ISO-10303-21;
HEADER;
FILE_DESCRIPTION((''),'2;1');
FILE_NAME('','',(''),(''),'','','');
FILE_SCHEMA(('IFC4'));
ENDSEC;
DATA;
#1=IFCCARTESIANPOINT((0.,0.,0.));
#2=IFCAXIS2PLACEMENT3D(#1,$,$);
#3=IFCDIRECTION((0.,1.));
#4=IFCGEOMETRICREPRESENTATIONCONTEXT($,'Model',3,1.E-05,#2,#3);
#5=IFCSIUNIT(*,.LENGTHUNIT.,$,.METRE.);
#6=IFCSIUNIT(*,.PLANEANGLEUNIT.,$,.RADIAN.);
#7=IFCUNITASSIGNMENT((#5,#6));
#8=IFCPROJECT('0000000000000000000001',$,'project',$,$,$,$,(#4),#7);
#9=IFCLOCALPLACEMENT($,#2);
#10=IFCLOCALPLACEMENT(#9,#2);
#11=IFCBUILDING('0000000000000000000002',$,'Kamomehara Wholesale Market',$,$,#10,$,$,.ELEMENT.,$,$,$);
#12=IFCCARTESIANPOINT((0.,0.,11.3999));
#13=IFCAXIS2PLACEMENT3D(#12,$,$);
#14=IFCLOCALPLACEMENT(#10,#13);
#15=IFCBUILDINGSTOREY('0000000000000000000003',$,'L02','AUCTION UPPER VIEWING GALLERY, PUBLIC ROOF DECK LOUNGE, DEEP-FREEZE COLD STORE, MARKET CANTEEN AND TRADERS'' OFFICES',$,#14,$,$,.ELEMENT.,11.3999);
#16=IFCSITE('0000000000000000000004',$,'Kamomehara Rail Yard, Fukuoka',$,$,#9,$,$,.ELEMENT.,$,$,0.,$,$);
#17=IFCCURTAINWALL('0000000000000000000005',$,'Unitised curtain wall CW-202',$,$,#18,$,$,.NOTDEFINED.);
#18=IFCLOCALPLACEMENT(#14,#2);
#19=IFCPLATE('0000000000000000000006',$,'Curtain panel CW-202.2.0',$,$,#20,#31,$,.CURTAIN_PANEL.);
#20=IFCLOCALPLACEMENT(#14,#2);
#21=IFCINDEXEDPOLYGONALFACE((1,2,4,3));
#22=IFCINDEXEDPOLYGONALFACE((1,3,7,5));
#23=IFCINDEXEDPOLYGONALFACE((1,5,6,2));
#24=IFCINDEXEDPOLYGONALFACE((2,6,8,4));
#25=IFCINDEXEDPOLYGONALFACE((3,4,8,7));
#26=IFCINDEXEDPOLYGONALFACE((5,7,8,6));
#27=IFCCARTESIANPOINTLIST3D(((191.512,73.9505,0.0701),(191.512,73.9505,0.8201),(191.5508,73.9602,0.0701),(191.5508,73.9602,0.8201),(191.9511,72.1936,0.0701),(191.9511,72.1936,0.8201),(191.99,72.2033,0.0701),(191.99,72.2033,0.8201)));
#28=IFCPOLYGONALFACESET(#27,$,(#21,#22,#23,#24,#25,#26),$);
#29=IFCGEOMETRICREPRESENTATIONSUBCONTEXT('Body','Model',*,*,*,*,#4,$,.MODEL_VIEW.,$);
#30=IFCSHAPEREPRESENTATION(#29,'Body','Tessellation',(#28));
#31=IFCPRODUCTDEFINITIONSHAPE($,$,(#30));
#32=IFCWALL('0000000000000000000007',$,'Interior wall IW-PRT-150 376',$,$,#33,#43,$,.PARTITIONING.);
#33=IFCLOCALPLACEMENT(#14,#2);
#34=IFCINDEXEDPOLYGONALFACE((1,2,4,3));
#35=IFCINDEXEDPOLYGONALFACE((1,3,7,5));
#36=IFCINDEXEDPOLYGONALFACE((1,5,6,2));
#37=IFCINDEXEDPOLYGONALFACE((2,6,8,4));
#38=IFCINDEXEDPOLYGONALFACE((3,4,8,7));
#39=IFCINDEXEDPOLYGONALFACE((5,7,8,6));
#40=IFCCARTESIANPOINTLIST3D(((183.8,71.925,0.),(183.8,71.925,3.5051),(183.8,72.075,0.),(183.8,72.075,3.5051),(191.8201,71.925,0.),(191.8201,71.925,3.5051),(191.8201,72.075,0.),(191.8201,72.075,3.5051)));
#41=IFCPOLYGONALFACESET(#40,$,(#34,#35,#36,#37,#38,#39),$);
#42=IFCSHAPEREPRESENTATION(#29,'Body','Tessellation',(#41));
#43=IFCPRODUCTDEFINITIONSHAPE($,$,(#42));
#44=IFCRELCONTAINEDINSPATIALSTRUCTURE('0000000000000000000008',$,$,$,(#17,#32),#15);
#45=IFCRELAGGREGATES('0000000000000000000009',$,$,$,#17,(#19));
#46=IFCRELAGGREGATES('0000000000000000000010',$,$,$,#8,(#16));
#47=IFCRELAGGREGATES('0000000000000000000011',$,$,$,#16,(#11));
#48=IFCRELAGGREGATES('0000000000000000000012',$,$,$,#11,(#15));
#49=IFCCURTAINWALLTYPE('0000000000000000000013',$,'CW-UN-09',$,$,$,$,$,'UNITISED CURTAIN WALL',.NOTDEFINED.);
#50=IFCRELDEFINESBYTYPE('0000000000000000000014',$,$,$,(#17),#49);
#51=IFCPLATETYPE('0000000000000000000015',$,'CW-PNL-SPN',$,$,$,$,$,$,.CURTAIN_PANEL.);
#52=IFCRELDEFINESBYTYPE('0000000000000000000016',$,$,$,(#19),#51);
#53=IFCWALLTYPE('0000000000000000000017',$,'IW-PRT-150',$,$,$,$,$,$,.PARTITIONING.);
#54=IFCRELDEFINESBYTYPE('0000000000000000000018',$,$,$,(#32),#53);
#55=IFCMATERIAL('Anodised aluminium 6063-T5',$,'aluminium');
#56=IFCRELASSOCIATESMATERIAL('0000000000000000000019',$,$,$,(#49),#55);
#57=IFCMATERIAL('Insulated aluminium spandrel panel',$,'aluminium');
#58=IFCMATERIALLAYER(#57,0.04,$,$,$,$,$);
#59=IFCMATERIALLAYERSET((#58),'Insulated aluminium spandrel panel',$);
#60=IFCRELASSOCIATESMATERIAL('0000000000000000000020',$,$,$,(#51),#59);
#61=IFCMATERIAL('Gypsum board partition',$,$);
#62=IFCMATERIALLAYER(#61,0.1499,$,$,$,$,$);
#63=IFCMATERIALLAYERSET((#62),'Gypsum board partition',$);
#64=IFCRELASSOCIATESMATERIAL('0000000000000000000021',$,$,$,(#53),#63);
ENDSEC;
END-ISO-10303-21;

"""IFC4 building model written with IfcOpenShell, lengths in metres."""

from ifc_helpers import new_model, si_unit, direction, frame, frame_2d, origin, origin_2d, place, context, subcontext, project, spatial, rectangle, extrude, material, layer, layer_set, type_object, element, aggregate, save


model = new_model("IFC4")

# Units and contexts
model_context = context("Model", 3, precision=1e-05, world=origin(), true_north=direction((0.0, 1.0)))
body_context = subcontext(model_context, "Body", "Model", "MODEL_VIEW")
ifc_project = project(units=[si_unit("LENGTHUNIT", "METRE"), si_unit("PLANEANGLEUNIT", "RADIAN")], contexts=[model_context])

# Site, building, storey
site_placement = place(None, origin())
site = spatial("IfcSite", under=ifc_project, at=site_placement, Name="Kamomehara Rail Yard, Fukuoka", CompositionType="ELEMENT", RefElevation=0.0)
building_placement = place(site_placement, origin())
building = spatial("IfcBuilding", under=site, at=building_placement, Name="Kamomehara Wholesale Market", CompositionType="ELEMENT")
storey_placement = place(building_placement, frame((0.0, 0.0, 11.3999)))
storey = spatial("IfcBuildingStorey", under=building, at=storey_placement, Name="L02", Description="AUCTION UPPER VIEWING GALLERY, PUBLIC ROOF DECK LOUNGE, DEEP-FREEZE COLD STORE, MARKET CANTEEN AND TRADERS' OFFICES", CompositionType="ELEMENT", Elevation=11.3999)

# Shared definitions
ifc_material_1 = material(Name="Anodised aluminium 6063-T5", Category="aluminium")
curtain_wall_type = type_object("IfcCurtainWallType", Name="CW-UN-09", ElementType="UNITISED CURTAIN WALL", PredefinedType="NOTDEFINED", material=ifc_material_1)

# Curtain wall
curtain_wall_1_placement = place(storey_placement, origin())
curtain_wall_1 = element("IfcCurtainWall", 1, at=curtain_wall_1_placement, inside=storey, type_object=curtain_wall_type, Name="Unitised curtain wall CW-202", PredefinedType="NOTDEFINED")

# Plate
ifc_material_2 = material(Name="Insulated aluminium spandrel panel", Category="aluminium")
ifc_layer_1 = layer(ifc_material_2, 0.04)
ifc_layer_set_1 = layer_set([ifc_layer_1], Name="Insulated aluminium spandrel panel")
plate_type_1 = type_object("IfcPlateType", Name="CW-PNL-SPN", PredefinedType="CURTAIN_PANEL", material=ifc_layer_set_1)
plate_1_placement = place(storey_placement, frame((191.751, 73.0769, 0.0701), z_axis=(0.0, 0.0, 1.0), x_axis=(0.242498, -0.970152, 0.0)))
plate_1 = element("IfcPlate", 2, at=plate_1_placement, type_object=plate_type_1, Name="Curtain panel CW-202.2.0", PredefinedType="CURTAIN_PANEL", context=body_context, shape_type="SweptSolid", body=[
    extrude(rectangle(XDim=1.811, YDim=0.04, at=origin_2d()), origin(), (0.0, 0.0, 1.0), 0.75),
])
aggregate(curtain_wall_1, [plate_1])

# Wall
ifc_material_3 = material(Name="Gypsum board partition")
ifc_layer_2 = layer(ifc_material_3, 0.1499)
ifc_layer_set_2 = layer_set([ifc_layer_2], Name="Gypsum board partition")
wall_type = type_object("IfcWallType", Name="IW-PRT-150", PredefinedType="PARTITIONING", material=ifc_layer_set_2)
wall_placement = place(storey_placement, frame((183.8, 72.0, 0.0), z_axis=(0.0, 0.0, 1.0), x_axis=(1.0, 0.0, 0.0)))
element("IfcWall", 3, at=wall_placement, inside=storey, type_object=wall_type, Name="Interior wall IW-PRT-150 376", PredefinedType="PARTITIONING", context=body_context, shape_type="SweptSolid", body=[
    extrude(rectangle(XDim=8.02, YDim=0.1499, at=frame_2d((4.01, 0.0))), origin(), (0.0, 0.0, 1.0), 3.5051),
])

save(model, "model.ifc")
